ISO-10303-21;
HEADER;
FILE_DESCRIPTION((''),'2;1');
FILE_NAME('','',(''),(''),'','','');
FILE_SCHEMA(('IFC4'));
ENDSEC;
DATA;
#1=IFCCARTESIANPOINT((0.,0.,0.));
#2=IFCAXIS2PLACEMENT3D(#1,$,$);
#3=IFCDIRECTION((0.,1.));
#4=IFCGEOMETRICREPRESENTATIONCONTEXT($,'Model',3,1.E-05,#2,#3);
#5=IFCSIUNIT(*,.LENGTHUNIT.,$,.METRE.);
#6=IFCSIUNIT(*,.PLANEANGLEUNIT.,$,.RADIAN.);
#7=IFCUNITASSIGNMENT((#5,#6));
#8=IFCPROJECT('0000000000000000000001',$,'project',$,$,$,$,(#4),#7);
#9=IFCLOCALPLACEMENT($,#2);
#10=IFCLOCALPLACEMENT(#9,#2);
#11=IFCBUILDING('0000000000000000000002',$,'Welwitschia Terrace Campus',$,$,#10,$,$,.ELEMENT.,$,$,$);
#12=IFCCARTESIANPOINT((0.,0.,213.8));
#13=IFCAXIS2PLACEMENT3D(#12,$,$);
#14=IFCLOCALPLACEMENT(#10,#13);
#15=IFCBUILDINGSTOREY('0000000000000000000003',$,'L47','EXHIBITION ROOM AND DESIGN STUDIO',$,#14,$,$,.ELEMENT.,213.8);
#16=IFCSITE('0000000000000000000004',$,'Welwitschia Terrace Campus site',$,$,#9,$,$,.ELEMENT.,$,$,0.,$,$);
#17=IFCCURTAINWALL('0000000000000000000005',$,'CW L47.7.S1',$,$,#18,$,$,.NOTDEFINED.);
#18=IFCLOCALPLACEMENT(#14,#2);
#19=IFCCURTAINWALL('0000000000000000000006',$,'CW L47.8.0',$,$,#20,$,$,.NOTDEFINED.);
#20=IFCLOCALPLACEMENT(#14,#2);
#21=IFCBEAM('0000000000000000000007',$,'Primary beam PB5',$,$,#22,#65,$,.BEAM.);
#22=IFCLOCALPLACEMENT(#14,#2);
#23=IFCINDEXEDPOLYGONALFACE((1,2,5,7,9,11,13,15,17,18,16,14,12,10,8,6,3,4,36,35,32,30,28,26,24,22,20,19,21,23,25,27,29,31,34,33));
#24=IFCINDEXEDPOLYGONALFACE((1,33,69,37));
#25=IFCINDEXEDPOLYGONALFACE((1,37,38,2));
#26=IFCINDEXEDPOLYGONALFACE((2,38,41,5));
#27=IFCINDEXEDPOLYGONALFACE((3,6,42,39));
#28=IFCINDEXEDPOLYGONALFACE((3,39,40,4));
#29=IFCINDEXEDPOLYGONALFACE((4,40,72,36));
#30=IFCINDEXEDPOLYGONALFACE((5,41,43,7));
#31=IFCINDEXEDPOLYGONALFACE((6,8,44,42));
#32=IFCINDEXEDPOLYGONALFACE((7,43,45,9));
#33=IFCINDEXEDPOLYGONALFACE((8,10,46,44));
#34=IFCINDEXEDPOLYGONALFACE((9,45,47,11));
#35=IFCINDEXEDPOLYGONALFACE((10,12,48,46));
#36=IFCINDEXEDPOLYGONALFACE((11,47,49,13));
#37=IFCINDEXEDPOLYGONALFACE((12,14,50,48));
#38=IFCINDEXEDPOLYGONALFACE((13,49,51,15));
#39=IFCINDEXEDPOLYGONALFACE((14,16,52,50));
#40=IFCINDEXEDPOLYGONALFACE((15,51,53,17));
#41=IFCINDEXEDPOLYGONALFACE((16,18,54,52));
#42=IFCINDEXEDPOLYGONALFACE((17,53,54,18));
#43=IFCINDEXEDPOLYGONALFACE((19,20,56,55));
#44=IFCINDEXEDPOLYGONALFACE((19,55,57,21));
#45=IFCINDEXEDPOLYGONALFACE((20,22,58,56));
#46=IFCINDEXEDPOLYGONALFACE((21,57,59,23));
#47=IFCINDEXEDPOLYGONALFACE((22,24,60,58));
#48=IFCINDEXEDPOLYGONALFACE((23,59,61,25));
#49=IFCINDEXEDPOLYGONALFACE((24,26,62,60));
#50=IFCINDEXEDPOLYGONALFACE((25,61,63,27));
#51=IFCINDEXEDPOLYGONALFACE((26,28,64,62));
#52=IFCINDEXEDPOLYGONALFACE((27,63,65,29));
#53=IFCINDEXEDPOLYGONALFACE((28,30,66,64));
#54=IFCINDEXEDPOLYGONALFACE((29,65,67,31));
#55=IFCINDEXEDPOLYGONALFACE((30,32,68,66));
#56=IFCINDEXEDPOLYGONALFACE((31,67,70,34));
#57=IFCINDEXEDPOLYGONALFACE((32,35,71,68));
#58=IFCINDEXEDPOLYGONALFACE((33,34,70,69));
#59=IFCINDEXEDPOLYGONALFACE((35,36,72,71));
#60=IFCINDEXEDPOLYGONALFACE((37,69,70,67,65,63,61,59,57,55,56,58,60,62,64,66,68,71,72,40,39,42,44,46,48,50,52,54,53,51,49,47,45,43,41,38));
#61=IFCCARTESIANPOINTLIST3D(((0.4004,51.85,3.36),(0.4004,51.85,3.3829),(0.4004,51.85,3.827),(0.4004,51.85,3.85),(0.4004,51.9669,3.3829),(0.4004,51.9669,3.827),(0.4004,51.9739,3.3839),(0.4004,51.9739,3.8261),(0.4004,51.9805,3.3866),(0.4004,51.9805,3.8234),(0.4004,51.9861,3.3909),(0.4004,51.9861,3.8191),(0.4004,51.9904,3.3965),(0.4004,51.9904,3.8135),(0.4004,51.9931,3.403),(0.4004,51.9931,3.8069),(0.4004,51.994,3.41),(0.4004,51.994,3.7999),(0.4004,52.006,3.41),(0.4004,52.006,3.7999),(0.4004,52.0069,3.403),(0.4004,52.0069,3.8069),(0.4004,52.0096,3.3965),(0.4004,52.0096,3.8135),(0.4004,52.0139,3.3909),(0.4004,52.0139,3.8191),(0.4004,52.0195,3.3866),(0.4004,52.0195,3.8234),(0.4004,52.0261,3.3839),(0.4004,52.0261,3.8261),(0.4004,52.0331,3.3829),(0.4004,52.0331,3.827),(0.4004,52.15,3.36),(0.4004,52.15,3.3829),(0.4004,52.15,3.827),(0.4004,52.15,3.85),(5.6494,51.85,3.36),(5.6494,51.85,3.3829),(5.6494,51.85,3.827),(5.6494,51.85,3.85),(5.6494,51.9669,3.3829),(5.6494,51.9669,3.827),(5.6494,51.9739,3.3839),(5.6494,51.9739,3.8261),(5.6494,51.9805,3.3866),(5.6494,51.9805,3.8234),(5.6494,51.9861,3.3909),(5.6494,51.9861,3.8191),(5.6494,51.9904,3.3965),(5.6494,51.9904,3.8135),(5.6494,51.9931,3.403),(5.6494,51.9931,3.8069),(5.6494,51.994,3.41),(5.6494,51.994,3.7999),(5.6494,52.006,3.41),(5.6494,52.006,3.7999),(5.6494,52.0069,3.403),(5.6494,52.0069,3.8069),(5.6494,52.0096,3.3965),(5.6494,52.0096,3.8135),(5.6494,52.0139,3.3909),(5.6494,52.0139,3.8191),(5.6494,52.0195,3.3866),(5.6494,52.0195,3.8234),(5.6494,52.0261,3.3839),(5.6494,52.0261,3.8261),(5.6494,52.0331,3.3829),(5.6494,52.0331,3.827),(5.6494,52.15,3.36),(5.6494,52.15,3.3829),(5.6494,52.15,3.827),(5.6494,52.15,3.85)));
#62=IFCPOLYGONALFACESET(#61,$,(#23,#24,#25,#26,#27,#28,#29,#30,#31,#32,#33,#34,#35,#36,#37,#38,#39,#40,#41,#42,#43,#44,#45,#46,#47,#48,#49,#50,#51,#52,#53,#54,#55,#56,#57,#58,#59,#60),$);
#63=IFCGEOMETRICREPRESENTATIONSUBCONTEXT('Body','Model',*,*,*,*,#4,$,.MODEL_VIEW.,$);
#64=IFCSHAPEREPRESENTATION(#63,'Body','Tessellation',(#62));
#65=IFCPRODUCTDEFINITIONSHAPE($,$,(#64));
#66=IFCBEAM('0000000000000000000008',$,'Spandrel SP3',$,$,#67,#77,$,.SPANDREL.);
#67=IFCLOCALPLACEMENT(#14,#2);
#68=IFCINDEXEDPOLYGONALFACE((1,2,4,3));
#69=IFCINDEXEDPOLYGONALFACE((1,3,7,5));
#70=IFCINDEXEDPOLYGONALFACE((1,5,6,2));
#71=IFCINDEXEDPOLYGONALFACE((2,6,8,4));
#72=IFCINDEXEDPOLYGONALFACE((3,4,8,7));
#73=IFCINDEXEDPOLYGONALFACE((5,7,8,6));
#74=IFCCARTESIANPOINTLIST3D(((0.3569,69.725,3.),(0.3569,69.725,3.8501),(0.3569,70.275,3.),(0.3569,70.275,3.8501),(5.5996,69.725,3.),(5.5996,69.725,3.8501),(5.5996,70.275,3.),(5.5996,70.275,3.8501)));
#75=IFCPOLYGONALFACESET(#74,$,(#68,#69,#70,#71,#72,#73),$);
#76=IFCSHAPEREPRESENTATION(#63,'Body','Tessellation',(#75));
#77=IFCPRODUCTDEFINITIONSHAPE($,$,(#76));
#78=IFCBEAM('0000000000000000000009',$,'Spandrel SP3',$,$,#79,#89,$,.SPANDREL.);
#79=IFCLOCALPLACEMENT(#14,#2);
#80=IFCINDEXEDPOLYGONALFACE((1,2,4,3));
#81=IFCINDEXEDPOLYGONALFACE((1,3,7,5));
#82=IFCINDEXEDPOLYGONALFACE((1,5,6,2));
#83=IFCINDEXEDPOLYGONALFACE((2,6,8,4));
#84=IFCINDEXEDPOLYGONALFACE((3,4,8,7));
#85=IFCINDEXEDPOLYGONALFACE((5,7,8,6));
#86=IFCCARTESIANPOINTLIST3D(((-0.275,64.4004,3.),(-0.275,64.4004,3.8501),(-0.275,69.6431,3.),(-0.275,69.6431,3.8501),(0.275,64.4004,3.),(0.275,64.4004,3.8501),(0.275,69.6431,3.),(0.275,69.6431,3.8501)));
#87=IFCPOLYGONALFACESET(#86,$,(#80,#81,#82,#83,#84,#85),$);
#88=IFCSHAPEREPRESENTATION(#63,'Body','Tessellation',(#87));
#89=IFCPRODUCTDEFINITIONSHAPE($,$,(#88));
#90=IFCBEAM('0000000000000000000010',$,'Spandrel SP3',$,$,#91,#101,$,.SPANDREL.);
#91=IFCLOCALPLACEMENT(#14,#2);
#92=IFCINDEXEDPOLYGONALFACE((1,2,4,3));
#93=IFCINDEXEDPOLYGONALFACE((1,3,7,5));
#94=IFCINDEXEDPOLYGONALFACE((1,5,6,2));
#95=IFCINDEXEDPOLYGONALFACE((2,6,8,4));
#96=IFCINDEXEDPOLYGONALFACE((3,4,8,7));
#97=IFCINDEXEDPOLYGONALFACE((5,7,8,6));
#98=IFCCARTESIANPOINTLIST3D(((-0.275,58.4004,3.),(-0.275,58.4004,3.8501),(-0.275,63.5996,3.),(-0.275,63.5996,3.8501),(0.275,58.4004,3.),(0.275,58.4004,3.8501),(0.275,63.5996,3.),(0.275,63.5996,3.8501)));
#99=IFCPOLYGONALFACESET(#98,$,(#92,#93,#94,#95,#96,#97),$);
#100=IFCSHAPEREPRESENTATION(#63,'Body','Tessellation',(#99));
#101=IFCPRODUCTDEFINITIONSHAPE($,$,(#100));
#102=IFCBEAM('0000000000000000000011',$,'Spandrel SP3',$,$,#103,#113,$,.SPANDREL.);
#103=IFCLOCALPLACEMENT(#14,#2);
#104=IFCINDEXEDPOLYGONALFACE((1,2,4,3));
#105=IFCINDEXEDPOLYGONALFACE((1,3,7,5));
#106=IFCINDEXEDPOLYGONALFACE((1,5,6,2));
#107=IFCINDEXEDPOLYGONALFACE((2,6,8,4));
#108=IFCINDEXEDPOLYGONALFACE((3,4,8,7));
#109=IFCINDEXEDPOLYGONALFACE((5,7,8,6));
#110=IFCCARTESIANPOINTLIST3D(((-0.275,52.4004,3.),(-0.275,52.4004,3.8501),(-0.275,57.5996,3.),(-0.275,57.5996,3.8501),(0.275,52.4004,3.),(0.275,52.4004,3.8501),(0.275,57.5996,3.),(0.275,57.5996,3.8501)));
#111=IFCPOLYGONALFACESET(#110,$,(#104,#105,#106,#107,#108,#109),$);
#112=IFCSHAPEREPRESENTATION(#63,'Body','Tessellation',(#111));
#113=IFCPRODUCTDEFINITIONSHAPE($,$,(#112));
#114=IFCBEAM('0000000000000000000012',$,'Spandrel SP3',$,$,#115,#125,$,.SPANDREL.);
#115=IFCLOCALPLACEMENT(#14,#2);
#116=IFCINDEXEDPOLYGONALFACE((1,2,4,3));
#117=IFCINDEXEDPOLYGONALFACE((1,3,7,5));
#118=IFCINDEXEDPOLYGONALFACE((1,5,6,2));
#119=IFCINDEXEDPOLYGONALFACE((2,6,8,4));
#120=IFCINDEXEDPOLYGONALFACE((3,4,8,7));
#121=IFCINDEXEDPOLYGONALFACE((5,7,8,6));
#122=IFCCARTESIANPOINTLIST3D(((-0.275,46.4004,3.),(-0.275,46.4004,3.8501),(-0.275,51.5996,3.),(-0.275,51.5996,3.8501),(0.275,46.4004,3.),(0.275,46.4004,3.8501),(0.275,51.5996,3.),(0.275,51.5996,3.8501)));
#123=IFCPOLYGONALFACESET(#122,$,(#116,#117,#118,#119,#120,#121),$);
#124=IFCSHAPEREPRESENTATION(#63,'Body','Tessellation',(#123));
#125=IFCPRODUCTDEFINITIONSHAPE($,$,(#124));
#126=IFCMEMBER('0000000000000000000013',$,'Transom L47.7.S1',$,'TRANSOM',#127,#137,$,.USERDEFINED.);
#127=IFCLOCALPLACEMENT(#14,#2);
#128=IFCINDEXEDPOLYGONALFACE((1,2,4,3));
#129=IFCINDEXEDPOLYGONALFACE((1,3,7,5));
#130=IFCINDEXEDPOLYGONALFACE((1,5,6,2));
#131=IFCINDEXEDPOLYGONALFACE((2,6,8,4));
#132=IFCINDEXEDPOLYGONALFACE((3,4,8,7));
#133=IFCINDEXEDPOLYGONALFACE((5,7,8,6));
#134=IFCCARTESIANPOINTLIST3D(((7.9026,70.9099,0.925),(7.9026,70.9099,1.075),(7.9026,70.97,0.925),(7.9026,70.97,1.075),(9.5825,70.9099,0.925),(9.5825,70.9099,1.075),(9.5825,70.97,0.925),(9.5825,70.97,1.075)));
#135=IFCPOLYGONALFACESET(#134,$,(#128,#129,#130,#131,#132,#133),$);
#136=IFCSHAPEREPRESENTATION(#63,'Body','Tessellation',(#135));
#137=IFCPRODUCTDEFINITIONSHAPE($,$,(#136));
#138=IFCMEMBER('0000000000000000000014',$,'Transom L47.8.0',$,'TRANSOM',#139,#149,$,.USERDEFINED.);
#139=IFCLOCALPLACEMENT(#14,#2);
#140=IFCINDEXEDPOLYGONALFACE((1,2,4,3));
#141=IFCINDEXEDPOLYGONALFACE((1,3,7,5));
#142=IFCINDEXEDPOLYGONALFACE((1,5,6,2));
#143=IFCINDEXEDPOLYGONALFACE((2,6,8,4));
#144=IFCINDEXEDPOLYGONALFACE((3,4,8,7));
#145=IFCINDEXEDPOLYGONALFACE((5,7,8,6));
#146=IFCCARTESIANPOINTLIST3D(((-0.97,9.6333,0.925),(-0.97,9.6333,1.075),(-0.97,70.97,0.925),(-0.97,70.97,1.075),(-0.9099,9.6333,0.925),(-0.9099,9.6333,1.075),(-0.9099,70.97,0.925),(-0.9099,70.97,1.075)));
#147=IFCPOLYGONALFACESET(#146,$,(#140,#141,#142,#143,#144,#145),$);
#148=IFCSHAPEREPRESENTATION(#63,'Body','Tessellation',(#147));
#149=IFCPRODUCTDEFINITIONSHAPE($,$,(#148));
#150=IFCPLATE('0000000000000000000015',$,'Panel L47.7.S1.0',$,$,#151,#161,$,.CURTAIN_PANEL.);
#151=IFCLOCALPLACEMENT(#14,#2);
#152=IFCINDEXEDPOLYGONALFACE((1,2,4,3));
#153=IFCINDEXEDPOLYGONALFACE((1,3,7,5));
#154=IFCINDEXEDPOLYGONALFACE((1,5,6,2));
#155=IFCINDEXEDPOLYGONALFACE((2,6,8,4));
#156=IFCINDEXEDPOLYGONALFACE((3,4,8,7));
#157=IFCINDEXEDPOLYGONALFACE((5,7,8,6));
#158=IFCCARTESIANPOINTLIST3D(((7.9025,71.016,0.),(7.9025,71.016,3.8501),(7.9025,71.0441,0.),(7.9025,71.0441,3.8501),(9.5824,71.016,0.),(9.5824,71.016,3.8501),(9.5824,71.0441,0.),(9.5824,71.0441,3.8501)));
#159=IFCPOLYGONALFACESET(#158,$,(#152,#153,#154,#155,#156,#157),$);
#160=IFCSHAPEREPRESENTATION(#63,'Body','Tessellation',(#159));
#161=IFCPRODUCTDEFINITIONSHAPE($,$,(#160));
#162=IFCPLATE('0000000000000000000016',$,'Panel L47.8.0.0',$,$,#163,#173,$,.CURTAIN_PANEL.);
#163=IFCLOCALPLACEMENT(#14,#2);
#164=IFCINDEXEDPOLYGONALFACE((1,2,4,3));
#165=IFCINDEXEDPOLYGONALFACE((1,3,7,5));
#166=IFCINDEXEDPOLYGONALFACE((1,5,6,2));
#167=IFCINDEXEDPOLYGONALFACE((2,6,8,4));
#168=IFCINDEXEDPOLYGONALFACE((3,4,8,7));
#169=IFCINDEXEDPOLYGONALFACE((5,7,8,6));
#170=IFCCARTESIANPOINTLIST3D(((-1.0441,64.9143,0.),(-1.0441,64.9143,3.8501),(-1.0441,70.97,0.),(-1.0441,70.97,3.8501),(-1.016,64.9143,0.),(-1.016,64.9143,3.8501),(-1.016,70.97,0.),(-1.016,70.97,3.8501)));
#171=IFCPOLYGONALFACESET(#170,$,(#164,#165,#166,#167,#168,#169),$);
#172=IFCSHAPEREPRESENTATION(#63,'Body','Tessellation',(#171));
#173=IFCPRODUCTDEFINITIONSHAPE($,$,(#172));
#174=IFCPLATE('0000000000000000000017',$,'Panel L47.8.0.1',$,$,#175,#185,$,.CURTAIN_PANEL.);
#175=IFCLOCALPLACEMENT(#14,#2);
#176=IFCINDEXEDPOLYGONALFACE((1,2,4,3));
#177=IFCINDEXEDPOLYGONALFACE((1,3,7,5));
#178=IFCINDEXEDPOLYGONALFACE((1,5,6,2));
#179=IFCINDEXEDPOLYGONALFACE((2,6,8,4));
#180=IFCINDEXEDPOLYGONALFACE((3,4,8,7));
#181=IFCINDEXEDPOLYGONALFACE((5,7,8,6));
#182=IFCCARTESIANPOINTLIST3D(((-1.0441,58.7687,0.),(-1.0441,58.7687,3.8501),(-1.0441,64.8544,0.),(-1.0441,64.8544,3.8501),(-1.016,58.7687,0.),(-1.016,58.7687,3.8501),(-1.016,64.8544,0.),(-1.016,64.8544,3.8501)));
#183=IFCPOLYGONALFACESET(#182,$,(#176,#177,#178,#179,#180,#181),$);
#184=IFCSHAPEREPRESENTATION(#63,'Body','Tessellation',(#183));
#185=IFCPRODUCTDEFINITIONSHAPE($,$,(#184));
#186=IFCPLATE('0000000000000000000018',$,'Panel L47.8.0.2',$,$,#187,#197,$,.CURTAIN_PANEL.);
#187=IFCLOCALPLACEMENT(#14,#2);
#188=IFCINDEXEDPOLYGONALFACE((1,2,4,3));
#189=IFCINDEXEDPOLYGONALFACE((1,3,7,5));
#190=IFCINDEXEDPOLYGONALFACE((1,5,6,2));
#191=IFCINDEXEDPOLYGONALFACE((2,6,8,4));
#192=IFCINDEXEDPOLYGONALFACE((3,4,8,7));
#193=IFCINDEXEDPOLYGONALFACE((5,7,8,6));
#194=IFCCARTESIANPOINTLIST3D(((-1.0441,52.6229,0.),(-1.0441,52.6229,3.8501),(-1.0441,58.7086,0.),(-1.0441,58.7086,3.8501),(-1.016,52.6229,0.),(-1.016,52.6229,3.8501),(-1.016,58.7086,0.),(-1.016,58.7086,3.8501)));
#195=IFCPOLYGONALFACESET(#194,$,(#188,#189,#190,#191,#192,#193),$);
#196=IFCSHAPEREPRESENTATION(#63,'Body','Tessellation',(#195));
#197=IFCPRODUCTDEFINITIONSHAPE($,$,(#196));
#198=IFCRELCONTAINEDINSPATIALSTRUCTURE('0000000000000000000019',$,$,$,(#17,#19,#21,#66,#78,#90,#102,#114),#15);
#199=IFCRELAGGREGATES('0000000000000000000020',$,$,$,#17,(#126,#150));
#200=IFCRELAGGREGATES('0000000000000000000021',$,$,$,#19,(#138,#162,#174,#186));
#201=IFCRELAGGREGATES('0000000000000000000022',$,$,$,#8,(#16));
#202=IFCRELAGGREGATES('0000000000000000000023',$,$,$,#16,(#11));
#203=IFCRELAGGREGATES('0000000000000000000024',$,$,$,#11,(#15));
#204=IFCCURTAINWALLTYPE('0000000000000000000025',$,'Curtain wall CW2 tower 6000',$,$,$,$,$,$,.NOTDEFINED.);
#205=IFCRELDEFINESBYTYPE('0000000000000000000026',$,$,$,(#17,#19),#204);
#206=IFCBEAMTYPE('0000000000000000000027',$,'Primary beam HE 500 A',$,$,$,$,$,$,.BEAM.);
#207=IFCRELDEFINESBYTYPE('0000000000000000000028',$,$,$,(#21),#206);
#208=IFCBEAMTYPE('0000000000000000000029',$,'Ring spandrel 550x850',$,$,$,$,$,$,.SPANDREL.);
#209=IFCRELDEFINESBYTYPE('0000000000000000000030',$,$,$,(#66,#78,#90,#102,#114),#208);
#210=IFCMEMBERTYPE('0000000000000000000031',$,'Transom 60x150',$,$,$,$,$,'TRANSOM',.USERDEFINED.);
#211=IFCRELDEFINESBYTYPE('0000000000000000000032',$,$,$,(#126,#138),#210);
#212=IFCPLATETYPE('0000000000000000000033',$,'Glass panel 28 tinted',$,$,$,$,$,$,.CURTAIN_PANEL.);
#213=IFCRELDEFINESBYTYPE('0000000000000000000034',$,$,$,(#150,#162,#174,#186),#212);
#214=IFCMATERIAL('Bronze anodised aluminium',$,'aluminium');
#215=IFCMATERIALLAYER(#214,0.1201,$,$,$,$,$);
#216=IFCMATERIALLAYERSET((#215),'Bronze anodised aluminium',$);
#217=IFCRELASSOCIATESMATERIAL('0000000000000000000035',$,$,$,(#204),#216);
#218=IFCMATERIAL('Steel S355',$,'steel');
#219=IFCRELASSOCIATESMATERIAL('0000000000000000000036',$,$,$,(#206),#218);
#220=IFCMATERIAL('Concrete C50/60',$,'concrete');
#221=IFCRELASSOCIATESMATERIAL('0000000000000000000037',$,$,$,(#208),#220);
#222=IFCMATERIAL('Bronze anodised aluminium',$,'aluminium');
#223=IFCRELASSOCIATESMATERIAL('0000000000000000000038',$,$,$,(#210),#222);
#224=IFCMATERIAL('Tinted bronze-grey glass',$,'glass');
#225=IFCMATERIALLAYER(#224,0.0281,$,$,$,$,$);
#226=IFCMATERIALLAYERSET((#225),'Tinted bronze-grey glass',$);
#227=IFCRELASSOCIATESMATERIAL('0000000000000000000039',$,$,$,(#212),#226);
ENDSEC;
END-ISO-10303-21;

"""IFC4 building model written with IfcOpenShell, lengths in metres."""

from ifc_helpers import new_model, si_unit, direction, frame, origin, origin_2d, place, context, subcontext, project, spatial, rectangle, i_section, extrude, material, layer, layer_set, material_profile, profile_set, type_object, element, aggregate, save


model = new_model("IFC4")

# Units and contexts
model_context = context("Model", 3, precision=1e-05, world=origin(), true_north=direction((0.0, 1.0)))
body_context = subcontext(model_context, "Body", "Model", "MODEL_VIEW")
ifc_project = project(units=[si_unit("LENGTHUNIT", "METRE"), si_unit("PLANEANGLEUNIT", "RADIAN")], contexts=[model_context])

# Site, building, storey
site_placement = place(None, origin())
site = spatial("IfcSite", under=ifc_project, at=site_placement, Name="Welwitschia Terrace Campus site", CompositionType="ELEMENT", RefElevation=0.0)
building_placement = place(site_placement, origin())
building = spatial("IfcBuilding", under=site, at=building_placement, Name="Welwitschia Terrace Campus", CompositionType="ELEMENT")
storey_placement = place(building_placement, frame((0.0, 0.0, 213.8)))
storey = spatial("IfcBuildingStorey", under=building, at=storey_placement, Name="L47", Description="EXHIBITION ROOM AND DESIGN STUDIO", CompositionType="ELEMENT", Elevation=213.8)

# Curtain walls
ifc_material_1 = material(Name="Bronze anodised aluminium", Category="aluminium")
ifc_layer_1 = layer(ifc_material_1, 0.1201)
ifc_layer_set_1 = layer_set([ifc_layer_1], Name="Bronze anodised aluminium")
curtain_wall_type = type_object("IfcCurtainWallType", Name="Curtain wall CW2 tower 6000", PredefinedType="NOTDEFINED", material=ifc_layer_set_1)
curtain_wall_1_placement = place(storey_placement, origin())
curtain_wall_1 = element("IfcCurtainWall", 1, at=curtain_wall_1_placement, inside=storey, type_object=curtain_wall_type, Name="CW L47.7.S1", PredefinedType="NOTDEFINED")
curtain_wall_2_placement = place(storey_placement, origin())
curtain_wall_2 = element("IfcCurtainWall", 2, at=curtain_wall_2_placement, inside=storey, type_object=curtain_wall_type, Name="CW L47.8.0", PredefinedType="NOTDEFINED")

# Beams
ifc_material_2 = material(Name="Steel S355", Category="steel")
ifc_material_profile_1 = material_profile(ifc_material_2, i_section(OverallWidth=0.3, OverallDepth=0.49, WebThickness=0.012, FlangeThickness=0.0229, FilletRadius=0.0271, at=origin_2d()))
ifc_profile_set_1 = profile_set([ifc_material_profile_1], Name="Steel S355")
beam_type_1 = type_object("IfcBeamType", Name="Primary beam HE 500 A", PredefinedType="BEAM", material=ifc_profile_set_1)
for number, where, z_axis, x_axis, name in (
    (3, (0.4004, 52.0, 3.605), (1.0, 0.0, 0.0), (0.0, 1.0, 0.0), "Primary beam PB5"),
):
    element("IfcBeam", number, at=place(storey_placement, frame(where, z_axis=z_axis, x_axis=x_axis)), inside=storey, type_object=beam_type_1, Name=name, PredefinedType="BEAM", context=body_context, shape_type="SweptSolid", body=[
        extrude(i_section(OverallWidth=0.3, OverallDepth=0.49, WebThickness=0.012, FlangeThickness=0.0229, FilletRadius=0.0271, at=origin_2d()), origin(), (0.0, 0.0, 1.0), 5.249),
    ])
ifc_material_3 = material(Name="Concrete C50/60", Category="concrete")
ifc_material_profile_2 = material_profile(ifc_material_3, rectangle(XDim=0.55, YDim=0.8501, at=origin_2d()))
ifc_profile_set_2 = profile_set([ifc_material_profile_2], Name="Concrete C50/60")
beam_type_2 = type_object("IfcBeamType", Name="Ring spandrel 550x850", PredefinedType="SPANDREL", material=ifc_profile_set_2)
for number, where, z_axis, x_axis, name in (
    (4, (5.5996, 70.0, 3.425), (-1.0, 0.0, 0.0), (0.0, -1.0, 0.0), "Spandrel SP3"),
    (5, (0.0, 69.6431, 3.425), (0.0, -1.0, 0.0), (1.0, 0.0, 0.0), "Spandrel SP3"),
):
    element("IfcBeam", number, at=place(storey_placement, frame(where, z_axis=z_axis, x_axis=x_axis)), inside=storey, type_object=beam_type_2, Name=name, PredefinedType="SPANDREL", context=body_context, shape_type="SweptSolid", body=[
        extrude(rectangle(XDim=0.55, YDim=0.8501, at=origin_2d()), origin(), (0.0, 0.0, 1.0), 5.2427),
    ])
for number, where, z_axis, x_axis, name in (
    (6, (0.0, 63.5996, 3.425), (0.0, -1.0, 0.0), (1.0, 0.0, 0.0), "Spandrel SP3"),
    (7, (0.0, 57.5996, 3.425), (0.0, -1.0, 0.0), (1.0, 0.0, 0.0), "Spandrel SP3"),
    (8, (0.0, 51.5996, 3.425), (0.0, -1.0, 0.0), (1.0, 0.0, 0.0), "Spandrel SP3"),
):
    element("IfcBeam", number, at=place(storey_placement, frame(where, z_axis=z_axis, x_axis=x_axis)), inside=storey, type_object=beam_type_2, Name=name, PredefinedType="SPANDREL", context=body_context, shape_type="SweptSolid", body=[
        extrude(rectangle(XDim=0.55, YDim=0.8501, at=origin_2d()), origin(), (0.0, 0.0, 1.0), 5.1992),
    ])

# Members
ifc_material_4 = material(Name="Bronze anodised aluminium", Category="aluminium")
ifc_material_profile_3 = material_profile(ifc_material_4, rectangle(XDim=0.0601, YDim=0.1499, at=origin_2d()))
ifc_profile_set_3 = profile_set([ifc_material_profile_3], Name="Bronze anodised aluminium")
member_type_1 = type_object("IfcMemberType", Name="Transom 60x150", ElementType="TRANSOM", PredefinedType="USERDEFINED", material=ifc_profile_set_3)
member_1_placement = place(storey_placement, frame((9.5825, 70.9399, 1.0), z_axis=(-1.0, 0.0, 0.0), x_axis=(0.0, -1.0, 0.0)))
member_1 = element("IfcMember", 9, at=member_1_placement, type_object=member_type_1, Name="Transom L47.7.S1", ObjectType="TRANSOM", PredefinedType="USERDEFINED", context=body_context, shape_type="SweptSolid", body=[
    extrude(rectangle(XDim=0.0601, YDim=0.1499, at=origin_2d()), origin(), (0.0, 0.0, 1.0), 1.6799),
])
member_2_placement = place(storey_placement, frame((-0.9399, 70.97, 1.0), z_axis=(0.0, -1.0, 0.0), x_axis=(1.0, 0.0, 0.0)))
member_2 = element("IfcMember", 10, at=member_2_placement, type_object=member_type_1, Name="Transom L47.8.0", ObjectType="TRANSOM", PredefinedType="USERDEFINED", context=body_context, shape_type="SweptSolid", body=[
    extrude(rectangle(XDim=0.0601, YDim=0.1499, at=origin_2d()), origin(), (0.0, 0.0, 1.0), 61.3367),
])

# Plates
ifc_material_5 = material(Name="Tinted bronze-grey glass", Category="glass")
ifc_layer_2 = layer(ifc_material_5, 0.0281)
ifc_layer_set_2 = layer_set([ifc_layer_2], Name="Tinted bronze-grey glass")
plate_type = type_object("IfcPlateType", Name="Glass panel 28 tinted", PredefinedType="CURTAIN_PANEL", material=ifc_layer_set_2)
plate_1_placement = place(storey_placement, frame((8.7424, 71.03, 0.0), z_axis=(0.0, 0.0, 1.0), x_axis=(-1.0, 0.0, 0.0)))
plate_1 = element("IfcPlate", 11, at=plate_1_placement, type_object=plate_type, Name="Panel L47.7.S1.0", PredefinedType="CURTAIN_PANEL", context=body_context, shape_type="SweptSolid", body=[
    extrude(rectangle(XDim=1.6799, YDim=0.0281, at=origin_2d()), origin(), (0.0, 0.0, 1.0), 3.8501),
])
aggregate(curtain_wall_1, [member_1, plate_1])
plate_2_placement = place(storey_placement, frame((-1.03, 67.9421, 0.0), z_axis=(0.0, 0.0, 1.0), x_axis=(0.0, -1.0, 0.0)))
plate_2 = element("IfcPlate", 12, at=plate_2_placement, type_object=plate_type, Name="Panel L47.8.0.0", PredefinedType="CURTAIN_PANEL", context=body_context, shape_type="SweptSolid", body=[
    extrude(rectangle(XDim=6.0557, YDim=0.0281, at=origin_2d()), origin(), (0.0, 0.0, 1.0), 3.8501),
])
plate_3_placement = place(storey_placement, frame((-1.03, 61.8115, 0.0), z_axis=(0.0, 0.0, 1.0), x_axis=(0.0, -1.0, 0.0)))
plate_3 = element("IfcPlate", 13, at=plate_3_placement, type_object=plate_type, Name="Panel L47.8.0.1", PredefinedType="CURTAIN_PANEL", context=body_context, shape_type="SweptSolid", body=[
    extrude(rectangle(XDim=6.0857, YDim=0.0281, at=origin_2d()), origin(), (0.0, 0.0, 1.0), 3.8501),
])
plate_4_placement = place(storey_placement, frame((-1.03, 55.6658, 0.0), z_axis=(0.0, 0.0, 1.0), x_axis=(0.0, -1.0, 0.0)))
plate_4 = element("IfcPlate", 14, at=plate_4_placement, type_object=plate_type, Name="Panel L47.8.0.2", PredefinedType="CURTAIN_PANEL", context=body_context, shape_type="SweptSolid", body=[
    extrude(rectangle(XDim=6.0857, YDim=0.0281, at=origin_2d()), origin(), (0.0, 0.0, 1.0), 3.8501),
])
aggregate(curtain_wall_2, [member_2, plate_2, plate_3, plate_4])

save(model, "model.ifc")
